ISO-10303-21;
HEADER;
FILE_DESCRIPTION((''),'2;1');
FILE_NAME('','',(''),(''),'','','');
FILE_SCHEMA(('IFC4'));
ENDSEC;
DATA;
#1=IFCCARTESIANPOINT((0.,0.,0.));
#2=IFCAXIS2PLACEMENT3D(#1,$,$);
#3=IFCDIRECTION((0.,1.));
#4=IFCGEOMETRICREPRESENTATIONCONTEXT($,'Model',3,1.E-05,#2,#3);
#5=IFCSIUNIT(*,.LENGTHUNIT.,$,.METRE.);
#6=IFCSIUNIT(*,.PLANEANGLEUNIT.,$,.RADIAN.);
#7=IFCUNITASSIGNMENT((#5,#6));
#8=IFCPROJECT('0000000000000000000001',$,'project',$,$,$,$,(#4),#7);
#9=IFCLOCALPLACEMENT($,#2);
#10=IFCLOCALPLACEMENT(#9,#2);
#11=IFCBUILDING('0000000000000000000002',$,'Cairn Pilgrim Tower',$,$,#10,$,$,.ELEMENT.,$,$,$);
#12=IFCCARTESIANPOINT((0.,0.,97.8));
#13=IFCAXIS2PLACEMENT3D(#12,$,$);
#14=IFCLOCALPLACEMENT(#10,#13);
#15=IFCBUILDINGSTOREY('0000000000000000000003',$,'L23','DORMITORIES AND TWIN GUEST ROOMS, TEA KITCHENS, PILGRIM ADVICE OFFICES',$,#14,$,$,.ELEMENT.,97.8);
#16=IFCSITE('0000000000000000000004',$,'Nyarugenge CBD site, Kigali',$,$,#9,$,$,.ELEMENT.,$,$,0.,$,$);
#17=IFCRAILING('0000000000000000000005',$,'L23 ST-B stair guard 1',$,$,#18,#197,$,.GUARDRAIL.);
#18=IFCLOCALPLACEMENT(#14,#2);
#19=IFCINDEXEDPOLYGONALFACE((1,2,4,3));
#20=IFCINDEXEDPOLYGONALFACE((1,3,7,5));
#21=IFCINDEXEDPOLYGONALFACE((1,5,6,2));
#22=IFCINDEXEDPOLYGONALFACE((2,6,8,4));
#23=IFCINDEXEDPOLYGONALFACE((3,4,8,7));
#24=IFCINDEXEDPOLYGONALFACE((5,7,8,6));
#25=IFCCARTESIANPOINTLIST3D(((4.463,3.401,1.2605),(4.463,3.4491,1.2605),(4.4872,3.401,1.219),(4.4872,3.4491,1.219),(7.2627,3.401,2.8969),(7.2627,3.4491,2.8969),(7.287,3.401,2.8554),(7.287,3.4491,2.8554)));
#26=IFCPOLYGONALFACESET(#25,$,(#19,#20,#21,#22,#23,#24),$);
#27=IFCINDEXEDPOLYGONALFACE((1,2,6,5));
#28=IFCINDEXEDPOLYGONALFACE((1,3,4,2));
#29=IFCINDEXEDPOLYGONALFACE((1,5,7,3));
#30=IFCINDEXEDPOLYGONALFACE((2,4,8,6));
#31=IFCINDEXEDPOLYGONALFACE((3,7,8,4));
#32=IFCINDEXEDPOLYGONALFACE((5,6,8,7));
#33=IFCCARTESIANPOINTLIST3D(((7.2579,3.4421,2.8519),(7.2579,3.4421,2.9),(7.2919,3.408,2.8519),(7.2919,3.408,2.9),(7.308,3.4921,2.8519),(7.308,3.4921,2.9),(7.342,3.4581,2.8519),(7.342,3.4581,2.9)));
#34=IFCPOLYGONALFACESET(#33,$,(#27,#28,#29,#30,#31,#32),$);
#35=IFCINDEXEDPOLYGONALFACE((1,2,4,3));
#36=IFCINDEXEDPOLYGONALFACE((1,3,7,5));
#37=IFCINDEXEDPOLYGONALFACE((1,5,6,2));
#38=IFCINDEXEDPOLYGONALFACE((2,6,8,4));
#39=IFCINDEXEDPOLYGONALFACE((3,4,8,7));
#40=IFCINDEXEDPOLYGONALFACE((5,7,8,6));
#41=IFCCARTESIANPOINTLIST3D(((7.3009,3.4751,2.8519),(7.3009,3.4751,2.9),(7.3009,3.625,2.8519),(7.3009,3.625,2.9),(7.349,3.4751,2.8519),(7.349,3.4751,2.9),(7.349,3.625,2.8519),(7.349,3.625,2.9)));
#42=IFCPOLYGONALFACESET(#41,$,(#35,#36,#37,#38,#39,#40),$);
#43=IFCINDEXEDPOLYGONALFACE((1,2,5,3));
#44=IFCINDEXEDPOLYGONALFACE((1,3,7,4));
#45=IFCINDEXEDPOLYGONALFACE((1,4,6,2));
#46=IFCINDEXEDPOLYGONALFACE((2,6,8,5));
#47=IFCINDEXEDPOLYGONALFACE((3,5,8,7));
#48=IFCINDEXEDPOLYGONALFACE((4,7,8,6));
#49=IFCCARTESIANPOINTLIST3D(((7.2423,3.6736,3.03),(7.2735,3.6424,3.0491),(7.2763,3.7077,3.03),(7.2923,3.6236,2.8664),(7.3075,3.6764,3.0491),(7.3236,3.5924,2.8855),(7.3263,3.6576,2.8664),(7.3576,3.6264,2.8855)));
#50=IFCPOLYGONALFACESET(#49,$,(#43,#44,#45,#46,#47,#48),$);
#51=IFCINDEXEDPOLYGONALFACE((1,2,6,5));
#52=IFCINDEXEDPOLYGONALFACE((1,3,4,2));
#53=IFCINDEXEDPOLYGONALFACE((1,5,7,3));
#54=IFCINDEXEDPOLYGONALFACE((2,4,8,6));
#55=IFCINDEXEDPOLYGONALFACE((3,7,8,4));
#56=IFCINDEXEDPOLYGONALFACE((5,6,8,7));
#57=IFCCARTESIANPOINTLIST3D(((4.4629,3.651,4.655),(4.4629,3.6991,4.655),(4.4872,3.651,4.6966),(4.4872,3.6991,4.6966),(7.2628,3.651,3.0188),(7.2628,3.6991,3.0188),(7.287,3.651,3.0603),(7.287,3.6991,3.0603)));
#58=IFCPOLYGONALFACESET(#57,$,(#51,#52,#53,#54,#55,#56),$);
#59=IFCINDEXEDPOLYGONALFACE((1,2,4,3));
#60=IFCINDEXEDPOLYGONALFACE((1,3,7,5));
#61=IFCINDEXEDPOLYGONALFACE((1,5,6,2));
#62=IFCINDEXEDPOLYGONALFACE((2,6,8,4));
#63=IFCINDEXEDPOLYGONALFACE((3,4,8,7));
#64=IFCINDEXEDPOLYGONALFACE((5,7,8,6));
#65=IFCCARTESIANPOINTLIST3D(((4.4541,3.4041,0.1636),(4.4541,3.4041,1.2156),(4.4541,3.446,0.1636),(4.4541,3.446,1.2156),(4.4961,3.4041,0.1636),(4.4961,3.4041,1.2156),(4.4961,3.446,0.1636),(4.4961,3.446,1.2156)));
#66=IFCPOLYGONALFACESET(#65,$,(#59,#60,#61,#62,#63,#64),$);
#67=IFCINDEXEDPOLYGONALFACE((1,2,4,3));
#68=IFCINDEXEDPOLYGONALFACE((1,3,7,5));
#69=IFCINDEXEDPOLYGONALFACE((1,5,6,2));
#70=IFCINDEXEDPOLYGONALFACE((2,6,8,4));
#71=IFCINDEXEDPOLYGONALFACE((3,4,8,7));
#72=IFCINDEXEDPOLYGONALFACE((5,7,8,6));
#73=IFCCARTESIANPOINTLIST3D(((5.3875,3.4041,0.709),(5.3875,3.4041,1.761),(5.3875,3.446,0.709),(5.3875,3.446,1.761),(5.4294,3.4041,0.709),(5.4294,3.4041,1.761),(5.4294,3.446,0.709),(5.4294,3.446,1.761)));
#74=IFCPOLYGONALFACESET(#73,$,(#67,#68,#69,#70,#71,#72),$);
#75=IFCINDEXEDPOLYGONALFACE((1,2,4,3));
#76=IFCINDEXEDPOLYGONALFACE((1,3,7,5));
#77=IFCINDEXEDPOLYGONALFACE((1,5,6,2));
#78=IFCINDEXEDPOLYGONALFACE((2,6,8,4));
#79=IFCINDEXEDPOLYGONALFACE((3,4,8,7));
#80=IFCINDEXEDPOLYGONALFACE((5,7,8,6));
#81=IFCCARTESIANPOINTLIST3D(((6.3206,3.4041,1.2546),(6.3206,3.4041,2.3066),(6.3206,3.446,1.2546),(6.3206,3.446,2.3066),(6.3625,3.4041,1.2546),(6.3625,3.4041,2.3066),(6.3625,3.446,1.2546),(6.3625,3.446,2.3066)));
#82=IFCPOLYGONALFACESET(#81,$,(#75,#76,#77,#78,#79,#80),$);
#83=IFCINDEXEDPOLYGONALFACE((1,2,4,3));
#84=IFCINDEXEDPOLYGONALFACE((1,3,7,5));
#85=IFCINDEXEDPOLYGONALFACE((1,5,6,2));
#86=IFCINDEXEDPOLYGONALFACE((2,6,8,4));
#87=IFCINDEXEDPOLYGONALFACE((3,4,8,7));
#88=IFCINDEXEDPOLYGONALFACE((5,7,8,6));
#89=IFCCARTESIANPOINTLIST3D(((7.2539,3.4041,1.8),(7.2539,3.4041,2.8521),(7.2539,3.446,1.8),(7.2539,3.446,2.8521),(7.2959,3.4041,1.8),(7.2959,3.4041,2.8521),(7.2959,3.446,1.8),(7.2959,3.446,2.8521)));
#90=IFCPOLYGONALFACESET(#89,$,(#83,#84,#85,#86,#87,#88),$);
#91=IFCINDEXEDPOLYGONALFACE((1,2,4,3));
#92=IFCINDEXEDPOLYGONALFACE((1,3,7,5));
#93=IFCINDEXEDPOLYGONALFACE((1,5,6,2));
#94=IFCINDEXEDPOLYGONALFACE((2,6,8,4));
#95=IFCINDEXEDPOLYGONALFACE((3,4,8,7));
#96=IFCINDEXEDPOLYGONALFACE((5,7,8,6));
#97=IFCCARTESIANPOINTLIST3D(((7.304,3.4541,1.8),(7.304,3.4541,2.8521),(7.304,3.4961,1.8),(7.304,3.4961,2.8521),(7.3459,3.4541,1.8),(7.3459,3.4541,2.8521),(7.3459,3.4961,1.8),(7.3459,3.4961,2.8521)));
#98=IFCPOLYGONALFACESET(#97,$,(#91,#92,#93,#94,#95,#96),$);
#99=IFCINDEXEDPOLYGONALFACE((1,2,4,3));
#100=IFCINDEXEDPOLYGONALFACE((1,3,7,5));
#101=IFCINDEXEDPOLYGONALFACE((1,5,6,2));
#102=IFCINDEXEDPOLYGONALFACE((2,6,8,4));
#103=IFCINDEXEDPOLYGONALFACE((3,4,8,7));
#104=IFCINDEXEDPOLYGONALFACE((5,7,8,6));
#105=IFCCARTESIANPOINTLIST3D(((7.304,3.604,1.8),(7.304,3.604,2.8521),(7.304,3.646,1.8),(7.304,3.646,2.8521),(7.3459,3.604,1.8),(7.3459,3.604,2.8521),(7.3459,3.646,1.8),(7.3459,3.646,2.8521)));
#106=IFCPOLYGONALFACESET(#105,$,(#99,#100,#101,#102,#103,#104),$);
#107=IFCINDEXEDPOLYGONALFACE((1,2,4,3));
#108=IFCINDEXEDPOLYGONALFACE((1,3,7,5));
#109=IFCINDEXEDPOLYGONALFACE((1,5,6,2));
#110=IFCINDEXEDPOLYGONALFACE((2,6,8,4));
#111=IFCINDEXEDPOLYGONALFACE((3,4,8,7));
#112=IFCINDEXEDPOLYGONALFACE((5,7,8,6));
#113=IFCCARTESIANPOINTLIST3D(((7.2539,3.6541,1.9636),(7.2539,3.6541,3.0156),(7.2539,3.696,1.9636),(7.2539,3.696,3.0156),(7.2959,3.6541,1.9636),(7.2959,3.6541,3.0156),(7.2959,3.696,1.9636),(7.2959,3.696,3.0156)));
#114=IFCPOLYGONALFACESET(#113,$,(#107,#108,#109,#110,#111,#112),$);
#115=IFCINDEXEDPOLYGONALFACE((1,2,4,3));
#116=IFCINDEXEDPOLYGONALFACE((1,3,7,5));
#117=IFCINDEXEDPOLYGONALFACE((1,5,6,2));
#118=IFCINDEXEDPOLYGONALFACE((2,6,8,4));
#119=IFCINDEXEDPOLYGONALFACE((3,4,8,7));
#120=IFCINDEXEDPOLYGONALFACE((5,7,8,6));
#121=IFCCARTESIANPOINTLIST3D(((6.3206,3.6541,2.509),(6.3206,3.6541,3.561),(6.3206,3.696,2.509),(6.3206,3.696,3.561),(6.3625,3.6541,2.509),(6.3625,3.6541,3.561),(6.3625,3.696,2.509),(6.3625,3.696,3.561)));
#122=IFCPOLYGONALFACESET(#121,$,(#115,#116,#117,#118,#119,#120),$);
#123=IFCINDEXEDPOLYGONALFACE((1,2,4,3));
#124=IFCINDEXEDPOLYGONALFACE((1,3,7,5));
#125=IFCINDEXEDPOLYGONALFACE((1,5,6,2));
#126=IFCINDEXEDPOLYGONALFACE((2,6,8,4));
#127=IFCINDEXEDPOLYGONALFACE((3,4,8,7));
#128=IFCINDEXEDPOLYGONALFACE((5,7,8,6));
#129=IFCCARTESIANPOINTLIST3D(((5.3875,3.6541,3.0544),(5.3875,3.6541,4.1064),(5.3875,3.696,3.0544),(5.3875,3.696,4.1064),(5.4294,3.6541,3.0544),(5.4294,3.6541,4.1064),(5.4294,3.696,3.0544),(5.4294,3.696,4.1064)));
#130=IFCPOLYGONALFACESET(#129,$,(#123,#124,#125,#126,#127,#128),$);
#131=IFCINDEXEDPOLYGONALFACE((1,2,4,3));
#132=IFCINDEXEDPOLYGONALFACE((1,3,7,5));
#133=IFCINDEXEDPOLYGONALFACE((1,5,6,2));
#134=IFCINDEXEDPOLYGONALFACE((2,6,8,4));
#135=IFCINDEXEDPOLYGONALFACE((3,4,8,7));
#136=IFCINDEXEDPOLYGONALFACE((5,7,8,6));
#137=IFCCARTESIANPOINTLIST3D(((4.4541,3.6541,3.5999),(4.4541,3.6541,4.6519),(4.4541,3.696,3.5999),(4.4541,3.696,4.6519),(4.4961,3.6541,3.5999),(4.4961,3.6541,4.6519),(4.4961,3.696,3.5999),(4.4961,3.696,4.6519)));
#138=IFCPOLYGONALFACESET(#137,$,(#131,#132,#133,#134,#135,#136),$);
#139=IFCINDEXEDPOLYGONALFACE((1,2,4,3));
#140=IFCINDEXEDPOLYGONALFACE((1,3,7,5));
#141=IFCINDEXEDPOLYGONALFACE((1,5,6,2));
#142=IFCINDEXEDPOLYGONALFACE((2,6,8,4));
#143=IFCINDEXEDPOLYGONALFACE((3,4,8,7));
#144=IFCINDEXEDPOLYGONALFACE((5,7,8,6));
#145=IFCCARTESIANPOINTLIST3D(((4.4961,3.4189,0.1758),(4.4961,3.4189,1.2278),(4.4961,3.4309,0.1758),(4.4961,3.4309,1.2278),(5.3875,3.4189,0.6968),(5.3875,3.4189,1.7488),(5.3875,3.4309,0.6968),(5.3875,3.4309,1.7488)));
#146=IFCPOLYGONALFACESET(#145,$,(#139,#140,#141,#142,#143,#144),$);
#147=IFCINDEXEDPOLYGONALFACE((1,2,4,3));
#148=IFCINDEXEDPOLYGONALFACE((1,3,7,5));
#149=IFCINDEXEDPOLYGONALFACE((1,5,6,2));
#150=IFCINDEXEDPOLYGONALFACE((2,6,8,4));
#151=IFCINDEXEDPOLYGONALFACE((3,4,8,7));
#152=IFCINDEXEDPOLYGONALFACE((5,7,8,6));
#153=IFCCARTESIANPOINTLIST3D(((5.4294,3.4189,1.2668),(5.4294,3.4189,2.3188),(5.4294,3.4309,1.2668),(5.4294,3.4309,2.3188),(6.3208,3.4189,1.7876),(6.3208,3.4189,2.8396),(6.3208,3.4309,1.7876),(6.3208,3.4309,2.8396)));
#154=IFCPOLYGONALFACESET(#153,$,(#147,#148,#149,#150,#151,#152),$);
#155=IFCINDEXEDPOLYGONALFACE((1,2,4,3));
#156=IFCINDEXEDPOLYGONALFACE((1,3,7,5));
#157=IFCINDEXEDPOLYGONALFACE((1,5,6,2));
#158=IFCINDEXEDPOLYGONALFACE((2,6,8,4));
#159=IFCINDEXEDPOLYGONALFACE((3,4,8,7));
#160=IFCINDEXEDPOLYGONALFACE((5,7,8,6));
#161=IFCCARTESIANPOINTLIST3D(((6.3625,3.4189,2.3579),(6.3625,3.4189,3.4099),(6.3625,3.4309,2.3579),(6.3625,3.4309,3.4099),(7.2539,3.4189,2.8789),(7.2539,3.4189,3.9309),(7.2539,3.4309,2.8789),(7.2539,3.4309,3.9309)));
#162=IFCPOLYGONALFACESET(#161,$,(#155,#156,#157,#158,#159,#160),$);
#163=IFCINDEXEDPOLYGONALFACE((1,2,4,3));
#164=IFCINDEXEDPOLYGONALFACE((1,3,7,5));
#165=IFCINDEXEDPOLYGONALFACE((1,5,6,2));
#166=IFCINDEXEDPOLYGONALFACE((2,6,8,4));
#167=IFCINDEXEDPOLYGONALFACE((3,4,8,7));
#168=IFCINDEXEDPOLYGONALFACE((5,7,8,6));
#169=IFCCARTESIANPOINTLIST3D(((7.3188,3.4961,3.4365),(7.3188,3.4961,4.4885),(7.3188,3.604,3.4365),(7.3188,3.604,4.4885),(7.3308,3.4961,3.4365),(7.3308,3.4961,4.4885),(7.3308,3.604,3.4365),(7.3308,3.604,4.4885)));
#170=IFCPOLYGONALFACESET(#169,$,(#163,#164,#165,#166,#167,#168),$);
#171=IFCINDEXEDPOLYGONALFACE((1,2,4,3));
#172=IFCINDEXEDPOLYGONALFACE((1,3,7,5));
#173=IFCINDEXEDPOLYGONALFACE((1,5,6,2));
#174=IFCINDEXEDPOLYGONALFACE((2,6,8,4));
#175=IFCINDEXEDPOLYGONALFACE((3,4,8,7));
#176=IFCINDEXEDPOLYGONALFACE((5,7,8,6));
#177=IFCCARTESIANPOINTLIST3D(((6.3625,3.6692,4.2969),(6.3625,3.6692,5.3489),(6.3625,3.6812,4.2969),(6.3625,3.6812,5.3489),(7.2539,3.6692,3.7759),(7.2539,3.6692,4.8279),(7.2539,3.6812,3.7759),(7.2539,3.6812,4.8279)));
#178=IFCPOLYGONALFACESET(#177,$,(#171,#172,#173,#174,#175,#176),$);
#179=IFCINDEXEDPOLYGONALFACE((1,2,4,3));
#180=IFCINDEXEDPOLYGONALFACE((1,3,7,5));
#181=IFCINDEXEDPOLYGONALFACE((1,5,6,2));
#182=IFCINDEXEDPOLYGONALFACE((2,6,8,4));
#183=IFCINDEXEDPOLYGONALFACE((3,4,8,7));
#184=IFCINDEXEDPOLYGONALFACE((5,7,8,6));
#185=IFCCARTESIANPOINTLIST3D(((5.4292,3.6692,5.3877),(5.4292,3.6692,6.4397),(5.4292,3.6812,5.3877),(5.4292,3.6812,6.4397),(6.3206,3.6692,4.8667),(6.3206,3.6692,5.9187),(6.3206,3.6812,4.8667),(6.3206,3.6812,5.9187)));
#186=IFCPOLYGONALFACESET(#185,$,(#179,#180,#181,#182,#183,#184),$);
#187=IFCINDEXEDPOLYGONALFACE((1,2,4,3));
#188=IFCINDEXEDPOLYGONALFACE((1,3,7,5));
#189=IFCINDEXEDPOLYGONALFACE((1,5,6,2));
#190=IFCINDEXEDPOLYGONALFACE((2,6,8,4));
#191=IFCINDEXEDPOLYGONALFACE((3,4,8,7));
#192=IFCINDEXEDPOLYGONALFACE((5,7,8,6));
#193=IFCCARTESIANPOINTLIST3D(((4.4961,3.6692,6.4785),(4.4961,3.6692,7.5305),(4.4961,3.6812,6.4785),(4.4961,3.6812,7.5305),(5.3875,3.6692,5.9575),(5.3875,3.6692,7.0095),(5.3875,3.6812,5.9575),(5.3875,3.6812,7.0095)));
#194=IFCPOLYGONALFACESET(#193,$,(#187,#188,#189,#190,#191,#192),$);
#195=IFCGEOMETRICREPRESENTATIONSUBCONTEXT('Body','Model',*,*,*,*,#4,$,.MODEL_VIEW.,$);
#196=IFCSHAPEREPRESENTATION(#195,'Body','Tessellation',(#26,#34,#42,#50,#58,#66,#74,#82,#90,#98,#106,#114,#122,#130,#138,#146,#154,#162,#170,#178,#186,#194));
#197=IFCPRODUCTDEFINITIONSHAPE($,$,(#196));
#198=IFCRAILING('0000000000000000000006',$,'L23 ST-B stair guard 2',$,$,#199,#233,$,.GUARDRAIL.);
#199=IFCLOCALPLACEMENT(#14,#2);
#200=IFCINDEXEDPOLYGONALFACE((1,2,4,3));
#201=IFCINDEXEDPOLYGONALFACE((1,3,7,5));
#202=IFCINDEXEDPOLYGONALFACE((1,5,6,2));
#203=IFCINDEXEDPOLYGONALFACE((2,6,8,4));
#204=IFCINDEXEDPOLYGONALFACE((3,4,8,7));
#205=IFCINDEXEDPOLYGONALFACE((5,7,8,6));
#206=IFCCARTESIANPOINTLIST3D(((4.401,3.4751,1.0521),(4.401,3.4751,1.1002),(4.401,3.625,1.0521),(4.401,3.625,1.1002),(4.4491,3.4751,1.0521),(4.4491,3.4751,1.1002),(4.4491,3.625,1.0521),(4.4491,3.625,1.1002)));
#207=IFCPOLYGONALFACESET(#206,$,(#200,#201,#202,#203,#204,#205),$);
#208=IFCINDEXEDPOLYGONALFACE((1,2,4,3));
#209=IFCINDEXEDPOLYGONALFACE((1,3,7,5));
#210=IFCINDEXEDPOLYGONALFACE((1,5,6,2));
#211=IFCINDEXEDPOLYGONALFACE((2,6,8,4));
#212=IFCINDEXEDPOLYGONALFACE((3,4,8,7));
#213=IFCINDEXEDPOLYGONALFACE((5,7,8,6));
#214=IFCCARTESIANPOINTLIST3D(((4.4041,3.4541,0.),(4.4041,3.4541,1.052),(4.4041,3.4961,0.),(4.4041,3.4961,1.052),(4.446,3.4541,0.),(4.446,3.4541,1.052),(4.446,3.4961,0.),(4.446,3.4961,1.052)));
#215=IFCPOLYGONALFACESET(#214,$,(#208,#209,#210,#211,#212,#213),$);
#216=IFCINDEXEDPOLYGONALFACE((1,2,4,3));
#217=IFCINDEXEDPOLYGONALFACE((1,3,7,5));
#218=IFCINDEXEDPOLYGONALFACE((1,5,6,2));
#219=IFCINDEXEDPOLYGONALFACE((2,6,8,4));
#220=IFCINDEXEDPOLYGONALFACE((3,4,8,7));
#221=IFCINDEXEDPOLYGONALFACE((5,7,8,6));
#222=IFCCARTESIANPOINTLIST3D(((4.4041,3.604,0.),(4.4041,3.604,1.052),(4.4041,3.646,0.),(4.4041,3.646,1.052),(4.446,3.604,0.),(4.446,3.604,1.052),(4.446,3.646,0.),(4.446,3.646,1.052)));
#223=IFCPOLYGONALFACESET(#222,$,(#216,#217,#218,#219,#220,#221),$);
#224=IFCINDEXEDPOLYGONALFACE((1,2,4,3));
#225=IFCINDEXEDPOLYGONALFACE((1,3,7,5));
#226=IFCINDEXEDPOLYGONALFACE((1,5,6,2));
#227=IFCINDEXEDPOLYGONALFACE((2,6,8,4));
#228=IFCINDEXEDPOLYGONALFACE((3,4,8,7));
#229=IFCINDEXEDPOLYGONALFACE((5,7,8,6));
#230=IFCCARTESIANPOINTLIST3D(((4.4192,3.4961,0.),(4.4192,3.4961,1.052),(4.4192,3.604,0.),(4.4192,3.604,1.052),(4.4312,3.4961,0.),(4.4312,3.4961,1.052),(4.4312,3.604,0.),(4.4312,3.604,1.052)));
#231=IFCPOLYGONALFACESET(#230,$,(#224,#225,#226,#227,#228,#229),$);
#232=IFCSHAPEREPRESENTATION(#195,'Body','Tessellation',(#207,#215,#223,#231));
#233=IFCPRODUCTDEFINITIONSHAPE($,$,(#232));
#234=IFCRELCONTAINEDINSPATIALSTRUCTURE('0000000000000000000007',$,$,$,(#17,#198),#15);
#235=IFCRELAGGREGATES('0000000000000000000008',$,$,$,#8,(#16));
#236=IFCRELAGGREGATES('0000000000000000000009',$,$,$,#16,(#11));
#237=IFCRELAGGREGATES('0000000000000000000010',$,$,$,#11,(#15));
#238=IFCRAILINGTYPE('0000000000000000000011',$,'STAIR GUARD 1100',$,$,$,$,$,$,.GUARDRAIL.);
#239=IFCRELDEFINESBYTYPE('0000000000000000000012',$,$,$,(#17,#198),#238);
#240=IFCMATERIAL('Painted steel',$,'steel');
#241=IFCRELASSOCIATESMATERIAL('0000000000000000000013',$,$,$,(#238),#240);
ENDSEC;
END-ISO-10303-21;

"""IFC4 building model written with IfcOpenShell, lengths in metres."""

from ifc_helpers import new_model, si_unit, direction, frame, origin, origin_2d, place, context, subcontext, project, spatial, polyline, rectangle, outline, extrude, material, type_object, element, save


model = new_model("IFC4")

# Units and contexts
model_context = context("Model", 3, precision=1e-05, world=origin(), true_north=direction((0.0, 1.0)))
body_context = subcontext(model_context, "Body", "Model", "MODEL_VIEW")
ifc_project = project(units=[si_unit("LENGTHUNIT", "METRE"), si_unit("PLANEANGLEUNIT", "RADIAN")], contexts=[model_context])

# Site, building, storey
site_placement = place(None, origin())
site = spatial("IfcSite", under=ifc_project, at=site_placement, Name="Nyarugenge CBD site, Kigali", CompositionType="ELEMENT", RefElevation=0.0)
building_placement = place(site_placement, origin())
building = spatial("IfcBuilding", under=site, at=building_placement, Name="Cairn Pilgrim Tower", CompositionType="ELEMENT")
storey_placement = place(building_placement, frame((0.0, 0.0, 97.8)))
storey = spatial("IfcBuildingStorey", under=building, at=storey_placement, Name="L23", Description="DORMITORIES AND TWIN GUEST ROOMS, TEA KITCHENS, PILGRIM ADVICE OFFICES", CompositionType="ELEMENT", Elevation=97.8)

# Shared definitions
ifc_material_1 = material(Name="Painted steel", Category="steel")

# Railings
railing_type_1 = type_object("IfcRailingType", Name="STAIR GUARD 1100", PredefinedType="GUARDRAIL", material=ifc_material_1)
railing_1_placement = place(storey_placement, frame((4.4751, 3.425, 0.1636)))
element("IfcRailing", 1, at=railing_1_placement, inside=storey, type_object=railing_type_1, Name="L23 ST-B stair guard 1", PredefinedType="GUARDRAIL", context=body_context, shape_type="SweptSolid", body=[
    extrude(rectangle(XDim=0.0481, YDim=0.0481, at=origin_2d()), frame((0.0, 0.0, 1.0762), z_axis=(0.863342, 0.0, 0.50462), x_axis=(0.0, 1.0, 0.0)), (0.0, 0.0, 1.0), 3.2429),
    extrude(rectangle(XDim=0.0481, YDim=0.0481, at=origin_2d()), frame((2.7998, 0.0, 2.7124), z_axis=(0.707107, 0.707107, 0.0), x_axis=(-0.707107, 0.707107, 0.0)), (0.0, 0.0, 1.0), 0.0708),
    extrude(rectangle(XDim=0.0481, YDim=0.0481, at=origin_2d()), frame((2.8499, 0.05, 2.7124), z_axis=(0.0, 1.0, 0.0), x_axis=(-1.0, 0.0, 0.0)), (0.0, 0.0, 1.0), 0.1499),
    extrude(rectangle(XDim=0.0481, YDim=0.0481, at=origin_2d()), frame((2.8499, 0.2, 2.7124), z_axis=(-0.280809, 0.280809, 0.917765), x_axis=(-0.707107, -0.707107, 0.0)), (0.0, 0.0, 1.0), 0.1782),
    extrude(rectangle(XDim=0.0481, YDim=0.0481, at=origin_2d()), frame((2.7998, 0.25, 2.876), z_axis=(-0.863374, 0.0, 0.504564), x_axis=(0.0, -1.0, 0.0)), (0.0, 0.0, 1.0), 3.2429),
    extrude(rectangle(XDim=0.042, YDim=0.042, at=origin_2d()), origin(), (0.0, 0.0, 1.0), 1.052),
    extrude(rectangle(XDim=0.042, YDim=0.042, at=origin_2d()), frame((0.9333, 0.0, 0.5454)), (0.0, 0.0, 1.0), 1.052),
    extrude(rectangle(XDim=0.042, YDim=0.042, at=origin_2d()), frame((1.8665, 0.0, 1.0911)), (0.0, 0.0, 1.0), 1.052),
    extrude(rectangle(XDim=0.042, YDim=0.042, at=origin_2d()), frame((2.7998, 0.0, 1.6365)), (0.0, 0.0, 1.0), 1.052),
    extrude(rectangle(XDim=0.042, YDim=0.042, at=origin_2d()), frame((2.8499, 0.05, 1.6365)), (0.0, 0.0, 1.0), 1.052),
    extrude(rectangle(XDim=0.042, YDim=0.042, at=origin_2d()), frame((2.8499, 0.2, 1.6365)), (0.0, 0.0, 1.0), 1.052),
    extrude(rectangle(XDim=0.042, YDim=0.042, at=origin_2d()), frame((2.7998, 0.25, 1.8)), (0.0, 0.0, 1.0), 1.052),
    extrude(rectangle(XDim=0.042, YDim=0.042, at=origin_2d()), frame((1.8665, 0.25, 2.3455)), (0.0, 0.0, 1.0), 1.052),
    extrude(rectangle(XDim=0.042, YDim=0.042, at=origin_2d()), frame((0.9333, 0.25, 2.8909)), (0.0, 0.0, 1.0), 1.052),
    extrude(rectangle(XDim=0.042, YDim=0.042, at=origin_2d()), frame((0.0, 0.25, 3.4363)), (0.0, 0.0, 1.0), 1.052),
    extrude(outline(polyline([(0.021, 0.0122), (0.9124, 0.5332), (0.9124, 1.5852), (0.021, 1.0642), (0.021, 0.0122)])), frame((0.0, 0.0059, 0.0), z_axis=(0.0, -1.0, 0.0), x_axis=(1.0, 0.0, 0.0)), (0.0, 0.0, 1.0), 0.012),
    extrude(outline(polyline([(0.021, 0.5579), (0.9124, 1.0786), (0.9124, 2.1306), (0.021, 1.6099), (0.021, 0.5579)])), frame((0.9333, 0.0059, 0.5454), z_axis=(0.0, -1.0, 0.0), x_axis=(1.0, 0.0, 0.0)), (0.0, 0.0, 1.0), 0.012),
    extrude(outline(polyline([(0.021, 1.1033), (0.9124, 1.6243), (0.9124, 2.6763), (0.021, 2.1553), (0.021, 1.1033)])), frame((1.8665, 0.0059, 1.0911), z_axis=(0.0, -1.0, 0.0), x_axis=(1.0, 0.0, 0.0)), (0.0, 0.0, 1.0), 0.012),
    extrude(outline(polyline([(0.021, 1.6365), (0.1289, 1.6365), (0.1289, 2.6885), (0.021, 2.6885), (0.021, 1.6365)])), frame((2.8438, 0.05, 1.6365), z_axis=(1.0, 0.0, 0.0), x_axis=(0.0, 1.0, 0.0)), (0.0, 0.0, 1.0), 0.012),
    extrude(outline(polyline([(0.021, 1.8123), (0.9124, 2.3333), (0.9124, 3.3853), (0.021, 2.8643), (0.021, 1.8123)])), frame((2.7998, 0.2441, 1.8), z_axis=(0.0, 1.0, 0.0), x_axis=(-1.0, 0.0, 0.0)), (0.0, 0.0, 1.0), 0.012),
    extrude(outline(polyline([(0.021, 2.3577), (0.9124, 2.8787), (0.9124, 3.9307), (0.021, 3.4097), (0.021, 2.3577)])), frame((1.8665, 0.2441, 2.3455), z_axis=(0.0, 1.0, 0.0), x_axis=(-1.0, 0.0, 0.0)), (0.0, 0.0, 1.0), 0.012),
    extrude(outline(polyline([(0.021, 2.9031), (0.9124, 3.4241), (0.9124, 4.4761), (0.021, 3.9551), (0.021, 2.9031)])), frame((0.9333, 0.2441, 2.8909), z_axis=(0.0, 1.0, 0.0), x_axis=(-1.0, 0.0, 0.0)), (0.0, 0.0, 1.0), 0.012),
])
railing_2_placement = place(storey_placement, frame((4.425, 3.4751, 0.0)))
element("IfcRailing", 2, at=railing_2_placement, inside=storey, type_object=railing_type_1, Name="L23 ST-B stair guard 2", PredefinedType="GUARDRAIL", context=body_context, shape_type="SweptSolid", body=[
    extrude(rectangle(XDim=0.0481, YDim=0.0481, at=origin_2d()), frame((0.0, 0.0, 1.0762), z_axis=(0.0, 1.0, 0.0), x_axis=(-1.0, 0.0, 0.0)), (0.0, 0.0, 1.0), 0.1499),
    extrude(rectangle(XDim=0.042, YDim=0.042, at=origin_2d()), origin(), (0.0, 0.0, 1.0), 1.052),
    extrude(rectangle(XDim=0.042, YDim=0.042, at=origin_2d()), frame((0.0, 0.1499, 0.0)), (0.0, 0.0, 1.0), 1.052),
    extrude(outline(polyline([(0.021, 0.0), (0.1289, 0.0), (0.1289, 1.052), (0.021, 1.052), (0.021, 0.0)])), frame((-0.0059, 0.0, 0.0), z_axis=(1.0, 0.0, 0.0), x_axis=(0.0, 1.0, 0.0)), (0.0, 0.0, 1.0), 0.012),
])

save(model, "model.ifc")
